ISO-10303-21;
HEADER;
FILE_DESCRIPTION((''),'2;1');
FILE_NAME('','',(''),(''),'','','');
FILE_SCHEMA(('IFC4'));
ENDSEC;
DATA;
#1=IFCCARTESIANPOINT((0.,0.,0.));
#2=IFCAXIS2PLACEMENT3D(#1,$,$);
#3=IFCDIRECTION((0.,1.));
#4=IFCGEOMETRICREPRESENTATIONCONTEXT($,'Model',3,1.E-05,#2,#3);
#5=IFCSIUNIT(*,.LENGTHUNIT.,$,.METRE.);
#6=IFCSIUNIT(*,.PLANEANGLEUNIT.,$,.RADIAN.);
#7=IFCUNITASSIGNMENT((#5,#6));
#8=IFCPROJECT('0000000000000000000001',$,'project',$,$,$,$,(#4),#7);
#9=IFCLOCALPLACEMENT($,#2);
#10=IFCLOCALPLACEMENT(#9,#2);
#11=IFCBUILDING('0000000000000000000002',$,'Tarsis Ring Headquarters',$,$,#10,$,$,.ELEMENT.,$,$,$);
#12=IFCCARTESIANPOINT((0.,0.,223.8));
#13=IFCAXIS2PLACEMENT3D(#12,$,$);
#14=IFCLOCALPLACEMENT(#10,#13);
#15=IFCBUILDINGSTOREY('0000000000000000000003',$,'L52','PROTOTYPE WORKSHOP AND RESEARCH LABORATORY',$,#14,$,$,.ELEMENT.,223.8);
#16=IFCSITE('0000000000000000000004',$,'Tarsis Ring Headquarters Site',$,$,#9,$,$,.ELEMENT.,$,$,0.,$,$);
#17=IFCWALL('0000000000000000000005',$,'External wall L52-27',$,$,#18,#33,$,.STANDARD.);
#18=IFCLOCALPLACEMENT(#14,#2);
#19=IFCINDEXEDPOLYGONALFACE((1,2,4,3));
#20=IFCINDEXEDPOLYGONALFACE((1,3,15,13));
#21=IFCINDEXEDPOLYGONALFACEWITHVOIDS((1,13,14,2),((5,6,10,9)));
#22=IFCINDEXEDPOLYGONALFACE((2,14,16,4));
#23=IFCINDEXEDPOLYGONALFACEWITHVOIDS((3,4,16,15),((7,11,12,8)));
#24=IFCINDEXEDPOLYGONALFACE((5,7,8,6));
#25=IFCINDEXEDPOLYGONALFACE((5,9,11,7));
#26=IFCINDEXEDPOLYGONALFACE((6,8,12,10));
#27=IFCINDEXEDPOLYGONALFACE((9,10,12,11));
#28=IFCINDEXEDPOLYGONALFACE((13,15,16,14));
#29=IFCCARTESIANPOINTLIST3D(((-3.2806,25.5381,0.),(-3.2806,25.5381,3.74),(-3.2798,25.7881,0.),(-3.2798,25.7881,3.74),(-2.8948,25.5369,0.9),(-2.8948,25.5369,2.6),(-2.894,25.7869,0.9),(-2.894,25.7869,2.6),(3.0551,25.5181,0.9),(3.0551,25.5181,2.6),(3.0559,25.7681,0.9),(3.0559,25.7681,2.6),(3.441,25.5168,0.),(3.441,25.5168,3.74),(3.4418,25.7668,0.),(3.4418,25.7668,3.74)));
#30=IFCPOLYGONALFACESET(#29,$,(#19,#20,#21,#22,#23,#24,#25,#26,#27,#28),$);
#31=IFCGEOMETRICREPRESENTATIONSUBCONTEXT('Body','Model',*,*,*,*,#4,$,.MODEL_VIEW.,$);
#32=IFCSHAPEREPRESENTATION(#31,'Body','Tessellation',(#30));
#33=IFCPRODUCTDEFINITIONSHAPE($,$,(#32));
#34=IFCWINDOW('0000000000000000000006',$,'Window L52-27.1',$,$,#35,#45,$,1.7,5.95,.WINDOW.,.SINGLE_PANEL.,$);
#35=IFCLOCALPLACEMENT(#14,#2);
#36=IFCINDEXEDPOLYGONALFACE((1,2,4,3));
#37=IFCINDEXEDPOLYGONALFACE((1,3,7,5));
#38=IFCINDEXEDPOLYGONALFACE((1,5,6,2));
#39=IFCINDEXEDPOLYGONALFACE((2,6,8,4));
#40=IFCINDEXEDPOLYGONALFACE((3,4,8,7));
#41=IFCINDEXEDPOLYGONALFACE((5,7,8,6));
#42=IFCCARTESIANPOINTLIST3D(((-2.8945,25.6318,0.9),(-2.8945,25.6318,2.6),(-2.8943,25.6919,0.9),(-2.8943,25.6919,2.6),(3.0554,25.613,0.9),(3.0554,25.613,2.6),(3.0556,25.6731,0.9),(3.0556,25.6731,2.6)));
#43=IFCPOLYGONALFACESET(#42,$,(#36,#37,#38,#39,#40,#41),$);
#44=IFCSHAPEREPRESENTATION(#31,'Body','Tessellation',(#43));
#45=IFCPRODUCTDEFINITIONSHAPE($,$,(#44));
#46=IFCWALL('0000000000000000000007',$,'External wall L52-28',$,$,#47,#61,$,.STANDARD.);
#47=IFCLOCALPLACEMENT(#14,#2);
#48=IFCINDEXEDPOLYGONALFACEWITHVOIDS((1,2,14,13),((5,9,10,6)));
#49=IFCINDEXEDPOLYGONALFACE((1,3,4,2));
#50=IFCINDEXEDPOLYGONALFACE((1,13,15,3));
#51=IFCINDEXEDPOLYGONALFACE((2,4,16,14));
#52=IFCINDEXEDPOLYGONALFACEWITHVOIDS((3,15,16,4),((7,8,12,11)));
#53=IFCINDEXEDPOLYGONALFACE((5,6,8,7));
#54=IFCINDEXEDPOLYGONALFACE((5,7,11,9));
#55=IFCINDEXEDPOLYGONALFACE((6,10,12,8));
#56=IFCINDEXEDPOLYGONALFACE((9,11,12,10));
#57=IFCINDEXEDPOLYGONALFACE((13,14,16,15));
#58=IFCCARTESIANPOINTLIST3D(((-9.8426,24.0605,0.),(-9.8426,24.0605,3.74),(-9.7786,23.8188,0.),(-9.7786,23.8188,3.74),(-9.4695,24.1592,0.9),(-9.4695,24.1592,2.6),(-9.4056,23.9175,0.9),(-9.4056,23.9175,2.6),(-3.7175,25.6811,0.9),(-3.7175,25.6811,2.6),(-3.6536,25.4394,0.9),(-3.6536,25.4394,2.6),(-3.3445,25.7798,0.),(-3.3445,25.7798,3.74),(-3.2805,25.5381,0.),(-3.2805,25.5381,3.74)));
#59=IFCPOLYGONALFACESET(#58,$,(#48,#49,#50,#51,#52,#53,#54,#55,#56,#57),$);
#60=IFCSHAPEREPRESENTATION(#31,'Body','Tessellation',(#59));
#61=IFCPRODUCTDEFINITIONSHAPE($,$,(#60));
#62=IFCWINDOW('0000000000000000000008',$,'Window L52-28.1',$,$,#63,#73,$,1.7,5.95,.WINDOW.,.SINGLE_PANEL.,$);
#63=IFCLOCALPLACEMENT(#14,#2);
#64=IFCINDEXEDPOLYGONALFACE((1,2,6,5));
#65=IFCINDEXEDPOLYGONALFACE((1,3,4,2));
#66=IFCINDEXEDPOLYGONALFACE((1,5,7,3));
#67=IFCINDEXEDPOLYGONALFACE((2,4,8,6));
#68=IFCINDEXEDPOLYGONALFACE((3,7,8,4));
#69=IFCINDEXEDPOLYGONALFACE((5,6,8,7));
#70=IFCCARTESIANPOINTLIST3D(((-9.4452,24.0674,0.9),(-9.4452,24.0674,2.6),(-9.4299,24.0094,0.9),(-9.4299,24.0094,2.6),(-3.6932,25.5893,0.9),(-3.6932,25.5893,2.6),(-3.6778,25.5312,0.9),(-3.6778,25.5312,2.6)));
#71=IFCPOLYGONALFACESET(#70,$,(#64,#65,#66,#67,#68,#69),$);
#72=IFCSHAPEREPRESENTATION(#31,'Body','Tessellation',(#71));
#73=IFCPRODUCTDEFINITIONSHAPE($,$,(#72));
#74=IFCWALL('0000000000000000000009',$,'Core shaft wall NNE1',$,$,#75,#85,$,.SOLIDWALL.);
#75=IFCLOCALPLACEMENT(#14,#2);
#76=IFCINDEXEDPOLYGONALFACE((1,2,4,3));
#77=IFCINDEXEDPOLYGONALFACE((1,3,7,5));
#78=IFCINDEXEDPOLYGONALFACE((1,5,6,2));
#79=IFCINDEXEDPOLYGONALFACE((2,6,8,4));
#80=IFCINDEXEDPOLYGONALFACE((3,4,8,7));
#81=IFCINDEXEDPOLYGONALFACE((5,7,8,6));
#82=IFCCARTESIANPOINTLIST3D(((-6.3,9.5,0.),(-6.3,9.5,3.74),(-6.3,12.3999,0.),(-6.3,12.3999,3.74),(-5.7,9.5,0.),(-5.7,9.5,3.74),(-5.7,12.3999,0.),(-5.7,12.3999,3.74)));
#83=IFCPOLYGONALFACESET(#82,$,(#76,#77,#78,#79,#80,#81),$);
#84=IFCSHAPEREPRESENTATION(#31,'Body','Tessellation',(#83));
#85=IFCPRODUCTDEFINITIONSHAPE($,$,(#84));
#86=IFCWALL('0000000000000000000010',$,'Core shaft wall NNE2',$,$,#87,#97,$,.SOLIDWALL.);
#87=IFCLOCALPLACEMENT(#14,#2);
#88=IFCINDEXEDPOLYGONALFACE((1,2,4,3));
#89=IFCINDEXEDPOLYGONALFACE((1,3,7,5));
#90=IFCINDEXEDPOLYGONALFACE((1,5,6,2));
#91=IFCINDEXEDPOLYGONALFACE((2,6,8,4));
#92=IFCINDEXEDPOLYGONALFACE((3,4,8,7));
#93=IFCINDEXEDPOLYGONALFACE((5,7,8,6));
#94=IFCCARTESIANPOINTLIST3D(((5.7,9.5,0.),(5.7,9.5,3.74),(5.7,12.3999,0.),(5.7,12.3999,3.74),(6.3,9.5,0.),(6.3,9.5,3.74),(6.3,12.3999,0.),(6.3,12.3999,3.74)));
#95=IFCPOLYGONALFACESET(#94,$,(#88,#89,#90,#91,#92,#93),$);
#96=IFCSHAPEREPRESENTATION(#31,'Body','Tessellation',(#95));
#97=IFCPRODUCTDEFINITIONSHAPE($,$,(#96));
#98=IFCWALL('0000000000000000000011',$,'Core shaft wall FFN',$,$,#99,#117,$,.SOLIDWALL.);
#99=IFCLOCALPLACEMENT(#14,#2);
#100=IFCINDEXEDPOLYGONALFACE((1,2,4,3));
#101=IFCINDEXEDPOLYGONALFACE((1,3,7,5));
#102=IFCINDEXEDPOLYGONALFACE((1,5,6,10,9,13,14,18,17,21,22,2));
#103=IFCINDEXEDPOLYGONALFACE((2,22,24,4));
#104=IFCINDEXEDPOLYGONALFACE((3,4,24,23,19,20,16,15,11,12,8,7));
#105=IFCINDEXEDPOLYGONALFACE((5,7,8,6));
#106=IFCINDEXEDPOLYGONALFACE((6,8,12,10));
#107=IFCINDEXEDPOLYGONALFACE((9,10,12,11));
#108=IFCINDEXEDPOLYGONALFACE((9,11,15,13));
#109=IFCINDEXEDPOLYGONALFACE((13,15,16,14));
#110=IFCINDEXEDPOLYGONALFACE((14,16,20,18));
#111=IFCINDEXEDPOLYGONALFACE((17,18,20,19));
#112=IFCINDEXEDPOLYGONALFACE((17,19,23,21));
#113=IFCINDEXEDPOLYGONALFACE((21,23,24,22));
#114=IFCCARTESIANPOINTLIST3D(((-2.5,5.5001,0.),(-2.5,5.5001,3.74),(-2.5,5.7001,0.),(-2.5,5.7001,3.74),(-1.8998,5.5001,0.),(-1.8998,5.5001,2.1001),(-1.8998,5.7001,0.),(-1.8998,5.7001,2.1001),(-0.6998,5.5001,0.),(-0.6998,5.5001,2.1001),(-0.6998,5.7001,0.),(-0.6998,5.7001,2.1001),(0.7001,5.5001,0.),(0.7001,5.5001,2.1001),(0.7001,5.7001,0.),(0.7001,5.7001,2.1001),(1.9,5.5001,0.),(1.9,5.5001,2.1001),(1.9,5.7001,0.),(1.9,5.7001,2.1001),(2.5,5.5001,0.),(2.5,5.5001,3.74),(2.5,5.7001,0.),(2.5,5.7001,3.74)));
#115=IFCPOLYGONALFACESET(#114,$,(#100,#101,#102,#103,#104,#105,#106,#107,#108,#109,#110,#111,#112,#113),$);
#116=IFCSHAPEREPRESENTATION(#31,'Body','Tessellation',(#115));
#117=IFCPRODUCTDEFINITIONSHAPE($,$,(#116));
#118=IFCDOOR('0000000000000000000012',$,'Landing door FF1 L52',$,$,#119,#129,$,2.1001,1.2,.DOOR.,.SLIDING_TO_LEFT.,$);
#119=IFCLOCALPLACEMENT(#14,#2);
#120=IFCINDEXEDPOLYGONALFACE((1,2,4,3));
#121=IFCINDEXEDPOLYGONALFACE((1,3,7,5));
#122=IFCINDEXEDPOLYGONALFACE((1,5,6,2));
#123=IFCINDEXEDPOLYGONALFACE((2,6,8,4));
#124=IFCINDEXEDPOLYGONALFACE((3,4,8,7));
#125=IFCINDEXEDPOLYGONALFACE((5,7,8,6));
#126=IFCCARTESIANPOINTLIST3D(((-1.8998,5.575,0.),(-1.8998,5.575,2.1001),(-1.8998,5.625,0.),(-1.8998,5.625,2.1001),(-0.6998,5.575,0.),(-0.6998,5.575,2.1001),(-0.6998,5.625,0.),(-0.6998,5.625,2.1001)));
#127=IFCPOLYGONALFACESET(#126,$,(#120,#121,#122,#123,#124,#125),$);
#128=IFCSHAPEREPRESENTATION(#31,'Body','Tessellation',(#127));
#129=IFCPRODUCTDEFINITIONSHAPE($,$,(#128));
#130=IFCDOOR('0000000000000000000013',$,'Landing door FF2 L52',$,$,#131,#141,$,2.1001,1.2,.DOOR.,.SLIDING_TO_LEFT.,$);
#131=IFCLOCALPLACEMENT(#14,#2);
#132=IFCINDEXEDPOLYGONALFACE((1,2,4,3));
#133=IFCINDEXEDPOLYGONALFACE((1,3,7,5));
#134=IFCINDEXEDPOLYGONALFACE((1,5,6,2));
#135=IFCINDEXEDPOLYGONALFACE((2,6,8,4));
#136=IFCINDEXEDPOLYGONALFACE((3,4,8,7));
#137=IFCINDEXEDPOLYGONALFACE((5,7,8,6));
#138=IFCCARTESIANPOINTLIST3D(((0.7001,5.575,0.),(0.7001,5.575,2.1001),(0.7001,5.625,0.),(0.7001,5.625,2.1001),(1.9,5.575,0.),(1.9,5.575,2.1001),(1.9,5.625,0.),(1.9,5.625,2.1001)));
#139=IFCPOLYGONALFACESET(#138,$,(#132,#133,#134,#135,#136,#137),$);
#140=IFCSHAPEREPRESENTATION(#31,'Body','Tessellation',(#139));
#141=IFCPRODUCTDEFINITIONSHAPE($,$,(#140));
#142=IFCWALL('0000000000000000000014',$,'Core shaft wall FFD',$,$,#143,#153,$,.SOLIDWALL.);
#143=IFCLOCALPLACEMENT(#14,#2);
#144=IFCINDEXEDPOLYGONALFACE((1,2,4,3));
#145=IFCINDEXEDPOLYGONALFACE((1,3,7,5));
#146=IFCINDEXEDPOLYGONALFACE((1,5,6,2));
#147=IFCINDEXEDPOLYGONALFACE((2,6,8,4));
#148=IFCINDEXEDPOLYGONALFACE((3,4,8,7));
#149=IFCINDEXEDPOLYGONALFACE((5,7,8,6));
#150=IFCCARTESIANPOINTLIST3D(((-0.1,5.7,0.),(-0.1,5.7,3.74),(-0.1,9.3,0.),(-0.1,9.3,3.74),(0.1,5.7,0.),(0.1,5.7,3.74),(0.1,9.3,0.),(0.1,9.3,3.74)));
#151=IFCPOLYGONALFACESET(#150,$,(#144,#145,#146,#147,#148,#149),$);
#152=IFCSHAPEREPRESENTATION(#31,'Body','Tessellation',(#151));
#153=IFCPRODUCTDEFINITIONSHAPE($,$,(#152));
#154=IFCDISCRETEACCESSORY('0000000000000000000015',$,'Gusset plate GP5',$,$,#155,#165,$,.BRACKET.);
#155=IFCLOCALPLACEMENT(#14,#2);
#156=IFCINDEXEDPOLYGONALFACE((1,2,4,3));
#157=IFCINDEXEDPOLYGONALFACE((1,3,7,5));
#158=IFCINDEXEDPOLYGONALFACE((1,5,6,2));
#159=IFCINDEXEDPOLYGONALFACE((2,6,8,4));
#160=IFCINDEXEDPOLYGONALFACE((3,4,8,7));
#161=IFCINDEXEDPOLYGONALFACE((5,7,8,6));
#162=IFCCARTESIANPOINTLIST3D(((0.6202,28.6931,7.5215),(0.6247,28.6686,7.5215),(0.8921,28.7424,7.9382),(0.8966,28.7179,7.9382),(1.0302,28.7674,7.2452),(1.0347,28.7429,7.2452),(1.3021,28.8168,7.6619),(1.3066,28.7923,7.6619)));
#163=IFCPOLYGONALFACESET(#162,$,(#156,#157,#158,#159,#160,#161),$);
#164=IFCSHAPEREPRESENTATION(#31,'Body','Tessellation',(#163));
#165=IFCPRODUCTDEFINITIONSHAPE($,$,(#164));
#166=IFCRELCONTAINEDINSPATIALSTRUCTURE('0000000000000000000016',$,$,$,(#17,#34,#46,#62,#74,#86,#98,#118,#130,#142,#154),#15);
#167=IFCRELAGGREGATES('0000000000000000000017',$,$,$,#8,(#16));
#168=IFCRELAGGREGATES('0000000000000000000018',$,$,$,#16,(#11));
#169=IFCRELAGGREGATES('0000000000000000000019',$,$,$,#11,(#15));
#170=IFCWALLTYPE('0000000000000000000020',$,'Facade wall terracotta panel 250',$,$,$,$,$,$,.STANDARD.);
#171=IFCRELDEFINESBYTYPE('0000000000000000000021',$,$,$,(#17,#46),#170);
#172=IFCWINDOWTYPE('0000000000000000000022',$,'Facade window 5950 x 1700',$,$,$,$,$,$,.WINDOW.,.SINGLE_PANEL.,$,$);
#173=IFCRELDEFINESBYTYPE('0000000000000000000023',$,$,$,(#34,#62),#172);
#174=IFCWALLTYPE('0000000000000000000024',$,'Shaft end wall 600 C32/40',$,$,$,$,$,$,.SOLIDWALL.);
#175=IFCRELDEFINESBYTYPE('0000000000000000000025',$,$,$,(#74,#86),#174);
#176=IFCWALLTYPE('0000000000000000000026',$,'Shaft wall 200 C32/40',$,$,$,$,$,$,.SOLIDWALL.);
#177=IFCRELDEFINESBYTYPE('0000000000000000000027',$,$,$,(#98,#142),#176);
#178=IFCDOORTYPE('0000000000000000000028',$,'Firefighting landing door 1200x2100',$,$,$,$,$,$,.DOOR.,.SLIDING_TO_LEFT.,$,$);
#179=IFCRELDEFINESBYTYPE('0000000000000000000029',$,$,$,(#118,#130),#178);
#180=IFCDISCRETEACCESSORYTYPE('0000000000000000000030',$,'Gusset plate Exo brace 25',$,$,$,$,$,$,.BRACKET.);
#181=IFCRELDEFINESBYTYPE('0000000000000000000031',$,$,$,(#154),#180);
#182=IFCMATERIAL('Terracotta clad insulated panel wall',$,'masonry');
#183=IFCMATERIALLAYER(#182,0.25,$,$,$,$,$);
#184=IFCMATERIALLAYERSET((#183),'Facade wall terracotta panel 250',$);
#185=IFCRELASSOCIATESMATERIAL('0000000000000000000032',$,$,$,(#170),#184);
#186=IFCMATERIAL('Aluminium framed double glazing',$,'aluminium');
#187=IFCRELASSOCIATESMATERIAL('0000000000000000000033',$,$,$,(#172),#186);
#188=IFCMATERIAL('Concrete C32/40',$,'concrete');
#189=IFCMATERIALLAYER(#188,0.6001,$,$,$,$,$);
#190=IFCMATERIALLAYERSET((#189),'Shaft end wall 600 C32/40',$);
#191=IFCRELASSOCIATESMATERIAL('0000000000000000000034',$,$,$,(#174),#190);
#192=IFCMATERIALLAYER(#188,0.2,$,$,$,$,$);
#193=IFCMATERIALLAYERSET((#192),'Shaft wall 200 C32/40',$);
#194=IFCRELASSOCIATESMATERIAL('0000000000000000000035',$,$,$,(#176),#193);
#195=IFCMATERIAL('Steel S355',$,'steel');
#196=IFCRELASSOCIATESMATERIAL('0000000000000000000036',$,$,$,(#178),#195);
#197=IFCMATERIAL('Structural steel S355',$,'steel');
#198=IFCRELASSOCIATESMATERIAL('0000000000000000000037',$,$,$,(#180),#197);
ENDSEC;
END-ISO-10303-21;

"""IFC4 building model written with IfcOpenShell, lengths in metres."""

from ifc_helpers import new_model, si_unit, direction, frame, frame_2d, origin, origin_2d, place, context, subcontext, project, spatial, rectangle, extrude, material, layer, layer_set, material_profile, profile_set, type_object, element, fill, save


model = new_model("IFC4")

# Units and contexts
model_context = context("Model", 3, precision=1e-05, world=origin(), true_north=direction((0.0, 1.0)))
body_context = subcontext(model_context, "Body", "Model", "MODEL_VIEW")
ifc_project = project(units=[si_unit("LENGTHUNIT", "METRE"), si_unit("PLANEANGLEUNIT", "RADIAN")], contexts=[model_context])

# Site, building, storey
site_placement = place(None, origin())
site = spatial("IfcSite", under=ifc_project, at=site_placement, Name="Tarsis Ring Headquarters Site", CompositionType="ELEMENT", RefElevation=0.0)
building_placement = place(site_placement, origin())
building = spatial("IfcBuilding", under=site, at=building_placement, Name="Tarsis Ring Headquarters", CompositionType="ELEMENT")
storey_placement = place(building_placement, frame((0.0, 0.0, 223.8)))
storey = spatial("IfcBuildingStorey", under=building, at=storey_placement, Name="L52", Description="PROTOTYPE WORKSHOP AND RESEARCH LABORATORY", CompositionType="ELEMENT", Elevation=223.8)

# Shared definitions
ifc_material_1 = material(Name="Structural steel S355", Category="steel")

# Walls, openings, windows
ifc_material_2 = material(Name="Terracotta clad insulated panel wall", Category="masonry")
ifc_layer_1 = layer(ifc_material_2, 0.25)
ifc_layer_set_1 = layer_set([ifc_layer_1], Name="Facade wall terracotta panel 250")
wall_type_1 = type_object("IfcWallType", Name="Facade wall terracotta panel 250", PredefinedType="STANDARD", material=ifc_layer_set_1)
wall_1_placement = place(storey_placement, frame((3.4414, 25.6418, 0.0), z_axis=(0.0, 0.0, 1.0), x_axis=(-0.999995, 0.00316, 0.0)))
wall_1 = element("IfcWall", 1, at=wall_1_placement, inside=storey, type_object=wall_type_1, Name="External wall L52-27", PredefinedType="STANDARD", context=body_context, shape_type="SweptSolid", body=[
    extrude(rectangle(XDim=6.7217, YDim=0.25, at=frame_2d((3.3608, 0.0))), origin(), (0.0, 0.0, 1.0), 3.74),
])
opening_1_placement = place(wall_1_placement, frame((0.3857, 0.0, 0.8999)))
opening_1 = element("IfcOpeningElement", 2, at=opening_1_placement, cuts=wall_1, PredefinedType="OPENING", context=body_context, shape_type="SweptSolid", body=[
    extrude(rectangle(XDim=5.95, YDim=1.7, at=frame_2d((2.9751, 0.8501))), frame((0.0, 0.135, 0.0), z_axis=(0.0, -1.0, 0.0), x_axis=(1.0, 0.0, 0.0)), (0.0, 0.0, 1.0), 0.27),
])
ifc_material_3 = material(Name="Aluminium framed double glazing", Category="aluminium")
window_type = type_object("IfcWindowType", Name="Facade window 5950 x 1700", PartitioningType="SINGLE_PANEL", PredefinedType="WINDOW", material=ifc_material_3)
window_1_placement = place(opening_1_placement, origin())
window_1 = element("IfcWindow", 3, at=window_1_placement, inside=storey, type_object=window_type, Name="Window L52-27.1", OverallHeight=1.7, OverallWidth=5.95, PartitioningType="SINGLE_PANEL", PredefinedType="WINDOW", context=body_context, shape_type="SweptSolid", body=[
    extrude(rectangle(XDim=5.95, YDim=1.7, at=frame_2d((2.9751, 0.8501))), frame((0.0, 0.03, 0.0), z_axis=(0.0, -1.0, 0.0), x_axis=(1.0, 0.0, 0.0)), (0.0, 0.0, 1.0), 0.0601),
])
fill(opening_1, window_1)
wall_2_placement = place(storey_placement, frame((-3.3125, 25.6589, 0.0), z_axis=(0.0, 0.0, 1.0), x_axis=(-0.966736, -0.255777, 0.0)))
wall_2 = element("IfcWall", 4, at=wall_2_placement, inside=storey, type_object=wall_type_1, Name="External wall L52-28", PredefinedType="STANDARD", context=body_context, shape_type="SweptSolid", body=[
    extrude(rectangle(XDim=6.7217, YDim=0.25, at=frame_2d((3.3608, 0.0))), origin(), (0.0, 0.0, 1.0), 3.74),
])
opening_2_placement = place(wall_2_placement, frame((0.3857, 0.0, 0.8999)))
opening_2 = element("IfcOpeningElement", 5, at=opening_2_placement, cuts=wall_2, PredefinedType="OPENING", context=body_context, shape_type="SweptSolid", body=[
    extrude(rectangle(XDim=5.95, YDim=1.7, at=frame_2d((2.9751, 0.8501))), frame((0.0, 0.135, 0.0), z_axis=(0.0, -1.0, 0.0), x_axis=(1.0, 0.0, 0.0)), (0.0, 0.0, 1.0), 0.27),
])
window_2_placement = place(opening_2_placement, origin())
window_2 = element("IfcWindow", 6, at=window_2_placement, inside=storey, type_object=window_type, Name="Window L52-28.1", OverallHeight=1.7, OverallWidth=5.95, PartitioningType="SINGLE_PANEL", PredefinedType="WINDOW", context=body_context, shape_type="SweptSolid", body=[
    extrude(rectangle(XDim=5.95, YDim=1.7, at=frame_2d((2.9751, 0.8501))), frame((0.0, 0.03, 0.0), z_axis=(0.0, -1.0, 0.0), x_axis=(1.0, 0.0, 0.0)), (0.0, 0.0, 1.0), 0.0601),
])
fill(opening_2, window_2)

# Walls
ifc_material_4 = material(Name="Concrete C32/40", Category="concrete")
ifc_layer_2 = layer(ifc_material_4, 0.6001)
ifc_layer_set_2 = layer_set([ifc_layer_2], Name="Shaft end wall 600 C32/40")
wall_type_2 = type_object("IfcWallType", Name="Shaft end wall 600 C32/40", PredefinedType="SOLIDWALL", material=ifc_layer_set_2)
for number, where, z_axis, x_axis, name in (
    (7, (-6.0, 9.5, 0.0), (0.0, 0.0, 1.0), (0.0, 1.0, 0.0), "Core shaft wall NNE1"),
    (8, (6.0, 9.5, 0.0), (0.0, 0.0, 1.0), (0.0, 1.0, 0.0), "Core shaft wall NNE2"),
):
    element("IfcWall", number, at=place(storey_placement, frame(where, z_axis=z_axis, x_axis=x_axis)), inside=storey, type_object=wall_type_2, Name=name, PredefinedType="SOLIDWALL", context=body_context, shape_type="SweptSolid", body=[
        extrude(rectangle(XDim=2.8999, YDim=0.6001, at=frame_2d((1.45, 0.0))), origin(), (0.0, 0.0, 1.0), 3.74),
    ])

# Wall, openings, doors
ifc_layer_3 = layer(ifc_material_4, 0.2)
ifc_layer_set_3 = layer_set([ifc_layer_3], Name="Shaft wall 200 C32/40")
wall_type_3 = type_object("IfcWallType", Name="Shaft wall 200 C32/40", PredefinedType="SOLIDWALL", material=ifc_layer_set_3)
wall_3_placement = place(storey_placement, frame((-2.5, 5.6001, 0.0), z_axis=(0.0, 0.0, 1.0), x_axis=(1.0, 0.0, 0.0)))
wall_3 = element("IfcWall", 9, at=wall_3_placement, inside=storey, type_object=wall_type_3, Name="Core shaft wall FFN", PredefinedType="SOLIDWALL", context=body_context, shape_type="SweptSolid", body=[
    extrude(rectangle(XDim=5.0, YDim=0.2, at=frame_2d((2.5, 0.0))), origin(), (0.0, 0.0, 1.0), 3.74),
])
opening_3_placement = place(wall_3_placement, frame((0.6001, 0.0, 0.0)))
opening_3 = element("IfcOpeningElement", 10, at=opening_3_placement, cuts=wall_3, PredefinedType="OPENING", context=body_context, shape_type="SweptSolid", body=[
    extrude(rectangle(XDim=1.2, YDim=2.1001, at=frame_2d((0.6001, 1.05))), frame((0.0, 0.1099, 0.0), z_axis=(0.0, -1.0, 0.0), x_axis=(1.0, 0.0, 0.0)), (0.0, 0.0, 1.0), 0.22),
])
opening_4_placement = place(wall_3_placement, frame((3.2, 0.0, 0.0)))
opening_4 = element("IfcOpeningElement", 11, at=opening_4_placement, cuts=wall_3, PredefinedType="OPENING", context=body_context, shape_type="SweptSolid", body=[
    extrude(rectangle(XDim=1.2, YDim=2.1001, at=frame_2d((0.6001, 1.05))), frame((0.0, 0.1099, 0.0), z_axis=(0.0, -1.0, 0.0), x_axis=(1.0, 0.0, 0.0)), (0.0, 0.0, 1.0), 0.22),
])
ifc_material_5 = material(Name="Steel S355", Category="steel")
door_type = type_object("IfcDoorType", Name="Firefighting landing door 1200x2100", OperationType="SLIDING_TO_LEFT", PredefinedType="DOOR", material=ifc_material_5)
door_1_placement = place(opening_3_placement, origin())
door_1 = element("IfcDoor", 12, at=door_1_placement, inside=storey, type_object=door_type, Name="Landing door FF1 L52", OperationType="SLIDING_TO_LEFT", OverallHeight=2.1001, OverallWidth=1.2, PredefinedType="DOOR", context=body_context, shape_type="SweptSolid", body=[
    extrude(rectangle(XDim=1.2, YDim=2.1001, at=frame_2d((0.6001, 1.05))), frame((0.0, 0.0249, 0.0), z_axis=(0.0, -1.0, 0.0), x_axis=(1.0, 0.0, 0.0)), (0.0, 0.0, 1.0), 0.05),
])
fill(opening_3, door_1)
door_2_placement = place(opening_4_placement, origin())
door_2 = element("IfcDoor", 13, at=door_2_placement, inside=storey, type_object=door_type, Name="Landing door FF2 L52", OperationType="SLIDING_TO_LEFT", OverallHeight=2.1001, OverallWidth=1.2, PredefinedType="DOOR", context=body_context, shape_type="SweptSolid", body=[
    extrude(rectangle(XDim=1.2, YDim=2.1001, at=frame_2d((0.6001, 1.05))), frame((0.0, 0.0249, 0.0), z_axis=(0.0, -1.0, 0.0), x_axis=(1.0, 0.0, 0.0)), (0.0, 0.0, 1.0), 0.05),
])
fill(opening_4, door_2)

# Wall
wall_4_placement = place(storey_placement, frame((0.0, 5.7, 0.0), z_axis=(0.0, 0.0, 1.0), x_axis=(0.0, 1.0, 0.0)))
element("IfcWall", 14, at=wall_4_placement, inside=storey, type_object=wall_type_3, Name="Core shaft wall FFD", PredefinedType="SOLIDWALL", context=body_context, shape_type="SweptSolid", body=[
    extrude(rectangle(XDim=3.6001, YDim=0.2, at=frame_2d((1.8, 0.0))), origin(), (0.0, 0.0, 1.0), 3.74),
])

# Discrete accessory
ifc_material_profile_1 = material_profile(ifc_material_1, rectangle(XDim=0.0249, YDim=0.5, at=origin_2d()), Name="PL 25x500")
ifc_profile_set_1 = profile_set([ifc_material_profile_1], Name="Structural steel S355")
discrete_accessory_type = type_object("IfcDiscreteAccessoryType", Name="Gusset plate Exo brace 25", PredefinedType="BRACKET", material=ifc_profile_set_1)
discrete_accessory_placement = place(storey_placement, frame((1.0994, 28.7673, 7.8), z_axis=(-0.543858, -0.098617, -0.833362), x_axis=(0.178419, -0.983955, 0.0)))
element("IfcDiscreteAccessory", 15, at=discrete_accessory_placement, inside=storey, type_object=discrete_accessory_type, Name="Gusset plate GP5", PredefinedType="BRACKET", context=body_context, shape_type="SweptSolid", body=[
    extrude(rectangle(XDim=0.0249, YDim=0.5, at=origin_2d()), origin(), (0.0, 0.0, 1.0), 0.5),
])

save(model, "model.ifc")
